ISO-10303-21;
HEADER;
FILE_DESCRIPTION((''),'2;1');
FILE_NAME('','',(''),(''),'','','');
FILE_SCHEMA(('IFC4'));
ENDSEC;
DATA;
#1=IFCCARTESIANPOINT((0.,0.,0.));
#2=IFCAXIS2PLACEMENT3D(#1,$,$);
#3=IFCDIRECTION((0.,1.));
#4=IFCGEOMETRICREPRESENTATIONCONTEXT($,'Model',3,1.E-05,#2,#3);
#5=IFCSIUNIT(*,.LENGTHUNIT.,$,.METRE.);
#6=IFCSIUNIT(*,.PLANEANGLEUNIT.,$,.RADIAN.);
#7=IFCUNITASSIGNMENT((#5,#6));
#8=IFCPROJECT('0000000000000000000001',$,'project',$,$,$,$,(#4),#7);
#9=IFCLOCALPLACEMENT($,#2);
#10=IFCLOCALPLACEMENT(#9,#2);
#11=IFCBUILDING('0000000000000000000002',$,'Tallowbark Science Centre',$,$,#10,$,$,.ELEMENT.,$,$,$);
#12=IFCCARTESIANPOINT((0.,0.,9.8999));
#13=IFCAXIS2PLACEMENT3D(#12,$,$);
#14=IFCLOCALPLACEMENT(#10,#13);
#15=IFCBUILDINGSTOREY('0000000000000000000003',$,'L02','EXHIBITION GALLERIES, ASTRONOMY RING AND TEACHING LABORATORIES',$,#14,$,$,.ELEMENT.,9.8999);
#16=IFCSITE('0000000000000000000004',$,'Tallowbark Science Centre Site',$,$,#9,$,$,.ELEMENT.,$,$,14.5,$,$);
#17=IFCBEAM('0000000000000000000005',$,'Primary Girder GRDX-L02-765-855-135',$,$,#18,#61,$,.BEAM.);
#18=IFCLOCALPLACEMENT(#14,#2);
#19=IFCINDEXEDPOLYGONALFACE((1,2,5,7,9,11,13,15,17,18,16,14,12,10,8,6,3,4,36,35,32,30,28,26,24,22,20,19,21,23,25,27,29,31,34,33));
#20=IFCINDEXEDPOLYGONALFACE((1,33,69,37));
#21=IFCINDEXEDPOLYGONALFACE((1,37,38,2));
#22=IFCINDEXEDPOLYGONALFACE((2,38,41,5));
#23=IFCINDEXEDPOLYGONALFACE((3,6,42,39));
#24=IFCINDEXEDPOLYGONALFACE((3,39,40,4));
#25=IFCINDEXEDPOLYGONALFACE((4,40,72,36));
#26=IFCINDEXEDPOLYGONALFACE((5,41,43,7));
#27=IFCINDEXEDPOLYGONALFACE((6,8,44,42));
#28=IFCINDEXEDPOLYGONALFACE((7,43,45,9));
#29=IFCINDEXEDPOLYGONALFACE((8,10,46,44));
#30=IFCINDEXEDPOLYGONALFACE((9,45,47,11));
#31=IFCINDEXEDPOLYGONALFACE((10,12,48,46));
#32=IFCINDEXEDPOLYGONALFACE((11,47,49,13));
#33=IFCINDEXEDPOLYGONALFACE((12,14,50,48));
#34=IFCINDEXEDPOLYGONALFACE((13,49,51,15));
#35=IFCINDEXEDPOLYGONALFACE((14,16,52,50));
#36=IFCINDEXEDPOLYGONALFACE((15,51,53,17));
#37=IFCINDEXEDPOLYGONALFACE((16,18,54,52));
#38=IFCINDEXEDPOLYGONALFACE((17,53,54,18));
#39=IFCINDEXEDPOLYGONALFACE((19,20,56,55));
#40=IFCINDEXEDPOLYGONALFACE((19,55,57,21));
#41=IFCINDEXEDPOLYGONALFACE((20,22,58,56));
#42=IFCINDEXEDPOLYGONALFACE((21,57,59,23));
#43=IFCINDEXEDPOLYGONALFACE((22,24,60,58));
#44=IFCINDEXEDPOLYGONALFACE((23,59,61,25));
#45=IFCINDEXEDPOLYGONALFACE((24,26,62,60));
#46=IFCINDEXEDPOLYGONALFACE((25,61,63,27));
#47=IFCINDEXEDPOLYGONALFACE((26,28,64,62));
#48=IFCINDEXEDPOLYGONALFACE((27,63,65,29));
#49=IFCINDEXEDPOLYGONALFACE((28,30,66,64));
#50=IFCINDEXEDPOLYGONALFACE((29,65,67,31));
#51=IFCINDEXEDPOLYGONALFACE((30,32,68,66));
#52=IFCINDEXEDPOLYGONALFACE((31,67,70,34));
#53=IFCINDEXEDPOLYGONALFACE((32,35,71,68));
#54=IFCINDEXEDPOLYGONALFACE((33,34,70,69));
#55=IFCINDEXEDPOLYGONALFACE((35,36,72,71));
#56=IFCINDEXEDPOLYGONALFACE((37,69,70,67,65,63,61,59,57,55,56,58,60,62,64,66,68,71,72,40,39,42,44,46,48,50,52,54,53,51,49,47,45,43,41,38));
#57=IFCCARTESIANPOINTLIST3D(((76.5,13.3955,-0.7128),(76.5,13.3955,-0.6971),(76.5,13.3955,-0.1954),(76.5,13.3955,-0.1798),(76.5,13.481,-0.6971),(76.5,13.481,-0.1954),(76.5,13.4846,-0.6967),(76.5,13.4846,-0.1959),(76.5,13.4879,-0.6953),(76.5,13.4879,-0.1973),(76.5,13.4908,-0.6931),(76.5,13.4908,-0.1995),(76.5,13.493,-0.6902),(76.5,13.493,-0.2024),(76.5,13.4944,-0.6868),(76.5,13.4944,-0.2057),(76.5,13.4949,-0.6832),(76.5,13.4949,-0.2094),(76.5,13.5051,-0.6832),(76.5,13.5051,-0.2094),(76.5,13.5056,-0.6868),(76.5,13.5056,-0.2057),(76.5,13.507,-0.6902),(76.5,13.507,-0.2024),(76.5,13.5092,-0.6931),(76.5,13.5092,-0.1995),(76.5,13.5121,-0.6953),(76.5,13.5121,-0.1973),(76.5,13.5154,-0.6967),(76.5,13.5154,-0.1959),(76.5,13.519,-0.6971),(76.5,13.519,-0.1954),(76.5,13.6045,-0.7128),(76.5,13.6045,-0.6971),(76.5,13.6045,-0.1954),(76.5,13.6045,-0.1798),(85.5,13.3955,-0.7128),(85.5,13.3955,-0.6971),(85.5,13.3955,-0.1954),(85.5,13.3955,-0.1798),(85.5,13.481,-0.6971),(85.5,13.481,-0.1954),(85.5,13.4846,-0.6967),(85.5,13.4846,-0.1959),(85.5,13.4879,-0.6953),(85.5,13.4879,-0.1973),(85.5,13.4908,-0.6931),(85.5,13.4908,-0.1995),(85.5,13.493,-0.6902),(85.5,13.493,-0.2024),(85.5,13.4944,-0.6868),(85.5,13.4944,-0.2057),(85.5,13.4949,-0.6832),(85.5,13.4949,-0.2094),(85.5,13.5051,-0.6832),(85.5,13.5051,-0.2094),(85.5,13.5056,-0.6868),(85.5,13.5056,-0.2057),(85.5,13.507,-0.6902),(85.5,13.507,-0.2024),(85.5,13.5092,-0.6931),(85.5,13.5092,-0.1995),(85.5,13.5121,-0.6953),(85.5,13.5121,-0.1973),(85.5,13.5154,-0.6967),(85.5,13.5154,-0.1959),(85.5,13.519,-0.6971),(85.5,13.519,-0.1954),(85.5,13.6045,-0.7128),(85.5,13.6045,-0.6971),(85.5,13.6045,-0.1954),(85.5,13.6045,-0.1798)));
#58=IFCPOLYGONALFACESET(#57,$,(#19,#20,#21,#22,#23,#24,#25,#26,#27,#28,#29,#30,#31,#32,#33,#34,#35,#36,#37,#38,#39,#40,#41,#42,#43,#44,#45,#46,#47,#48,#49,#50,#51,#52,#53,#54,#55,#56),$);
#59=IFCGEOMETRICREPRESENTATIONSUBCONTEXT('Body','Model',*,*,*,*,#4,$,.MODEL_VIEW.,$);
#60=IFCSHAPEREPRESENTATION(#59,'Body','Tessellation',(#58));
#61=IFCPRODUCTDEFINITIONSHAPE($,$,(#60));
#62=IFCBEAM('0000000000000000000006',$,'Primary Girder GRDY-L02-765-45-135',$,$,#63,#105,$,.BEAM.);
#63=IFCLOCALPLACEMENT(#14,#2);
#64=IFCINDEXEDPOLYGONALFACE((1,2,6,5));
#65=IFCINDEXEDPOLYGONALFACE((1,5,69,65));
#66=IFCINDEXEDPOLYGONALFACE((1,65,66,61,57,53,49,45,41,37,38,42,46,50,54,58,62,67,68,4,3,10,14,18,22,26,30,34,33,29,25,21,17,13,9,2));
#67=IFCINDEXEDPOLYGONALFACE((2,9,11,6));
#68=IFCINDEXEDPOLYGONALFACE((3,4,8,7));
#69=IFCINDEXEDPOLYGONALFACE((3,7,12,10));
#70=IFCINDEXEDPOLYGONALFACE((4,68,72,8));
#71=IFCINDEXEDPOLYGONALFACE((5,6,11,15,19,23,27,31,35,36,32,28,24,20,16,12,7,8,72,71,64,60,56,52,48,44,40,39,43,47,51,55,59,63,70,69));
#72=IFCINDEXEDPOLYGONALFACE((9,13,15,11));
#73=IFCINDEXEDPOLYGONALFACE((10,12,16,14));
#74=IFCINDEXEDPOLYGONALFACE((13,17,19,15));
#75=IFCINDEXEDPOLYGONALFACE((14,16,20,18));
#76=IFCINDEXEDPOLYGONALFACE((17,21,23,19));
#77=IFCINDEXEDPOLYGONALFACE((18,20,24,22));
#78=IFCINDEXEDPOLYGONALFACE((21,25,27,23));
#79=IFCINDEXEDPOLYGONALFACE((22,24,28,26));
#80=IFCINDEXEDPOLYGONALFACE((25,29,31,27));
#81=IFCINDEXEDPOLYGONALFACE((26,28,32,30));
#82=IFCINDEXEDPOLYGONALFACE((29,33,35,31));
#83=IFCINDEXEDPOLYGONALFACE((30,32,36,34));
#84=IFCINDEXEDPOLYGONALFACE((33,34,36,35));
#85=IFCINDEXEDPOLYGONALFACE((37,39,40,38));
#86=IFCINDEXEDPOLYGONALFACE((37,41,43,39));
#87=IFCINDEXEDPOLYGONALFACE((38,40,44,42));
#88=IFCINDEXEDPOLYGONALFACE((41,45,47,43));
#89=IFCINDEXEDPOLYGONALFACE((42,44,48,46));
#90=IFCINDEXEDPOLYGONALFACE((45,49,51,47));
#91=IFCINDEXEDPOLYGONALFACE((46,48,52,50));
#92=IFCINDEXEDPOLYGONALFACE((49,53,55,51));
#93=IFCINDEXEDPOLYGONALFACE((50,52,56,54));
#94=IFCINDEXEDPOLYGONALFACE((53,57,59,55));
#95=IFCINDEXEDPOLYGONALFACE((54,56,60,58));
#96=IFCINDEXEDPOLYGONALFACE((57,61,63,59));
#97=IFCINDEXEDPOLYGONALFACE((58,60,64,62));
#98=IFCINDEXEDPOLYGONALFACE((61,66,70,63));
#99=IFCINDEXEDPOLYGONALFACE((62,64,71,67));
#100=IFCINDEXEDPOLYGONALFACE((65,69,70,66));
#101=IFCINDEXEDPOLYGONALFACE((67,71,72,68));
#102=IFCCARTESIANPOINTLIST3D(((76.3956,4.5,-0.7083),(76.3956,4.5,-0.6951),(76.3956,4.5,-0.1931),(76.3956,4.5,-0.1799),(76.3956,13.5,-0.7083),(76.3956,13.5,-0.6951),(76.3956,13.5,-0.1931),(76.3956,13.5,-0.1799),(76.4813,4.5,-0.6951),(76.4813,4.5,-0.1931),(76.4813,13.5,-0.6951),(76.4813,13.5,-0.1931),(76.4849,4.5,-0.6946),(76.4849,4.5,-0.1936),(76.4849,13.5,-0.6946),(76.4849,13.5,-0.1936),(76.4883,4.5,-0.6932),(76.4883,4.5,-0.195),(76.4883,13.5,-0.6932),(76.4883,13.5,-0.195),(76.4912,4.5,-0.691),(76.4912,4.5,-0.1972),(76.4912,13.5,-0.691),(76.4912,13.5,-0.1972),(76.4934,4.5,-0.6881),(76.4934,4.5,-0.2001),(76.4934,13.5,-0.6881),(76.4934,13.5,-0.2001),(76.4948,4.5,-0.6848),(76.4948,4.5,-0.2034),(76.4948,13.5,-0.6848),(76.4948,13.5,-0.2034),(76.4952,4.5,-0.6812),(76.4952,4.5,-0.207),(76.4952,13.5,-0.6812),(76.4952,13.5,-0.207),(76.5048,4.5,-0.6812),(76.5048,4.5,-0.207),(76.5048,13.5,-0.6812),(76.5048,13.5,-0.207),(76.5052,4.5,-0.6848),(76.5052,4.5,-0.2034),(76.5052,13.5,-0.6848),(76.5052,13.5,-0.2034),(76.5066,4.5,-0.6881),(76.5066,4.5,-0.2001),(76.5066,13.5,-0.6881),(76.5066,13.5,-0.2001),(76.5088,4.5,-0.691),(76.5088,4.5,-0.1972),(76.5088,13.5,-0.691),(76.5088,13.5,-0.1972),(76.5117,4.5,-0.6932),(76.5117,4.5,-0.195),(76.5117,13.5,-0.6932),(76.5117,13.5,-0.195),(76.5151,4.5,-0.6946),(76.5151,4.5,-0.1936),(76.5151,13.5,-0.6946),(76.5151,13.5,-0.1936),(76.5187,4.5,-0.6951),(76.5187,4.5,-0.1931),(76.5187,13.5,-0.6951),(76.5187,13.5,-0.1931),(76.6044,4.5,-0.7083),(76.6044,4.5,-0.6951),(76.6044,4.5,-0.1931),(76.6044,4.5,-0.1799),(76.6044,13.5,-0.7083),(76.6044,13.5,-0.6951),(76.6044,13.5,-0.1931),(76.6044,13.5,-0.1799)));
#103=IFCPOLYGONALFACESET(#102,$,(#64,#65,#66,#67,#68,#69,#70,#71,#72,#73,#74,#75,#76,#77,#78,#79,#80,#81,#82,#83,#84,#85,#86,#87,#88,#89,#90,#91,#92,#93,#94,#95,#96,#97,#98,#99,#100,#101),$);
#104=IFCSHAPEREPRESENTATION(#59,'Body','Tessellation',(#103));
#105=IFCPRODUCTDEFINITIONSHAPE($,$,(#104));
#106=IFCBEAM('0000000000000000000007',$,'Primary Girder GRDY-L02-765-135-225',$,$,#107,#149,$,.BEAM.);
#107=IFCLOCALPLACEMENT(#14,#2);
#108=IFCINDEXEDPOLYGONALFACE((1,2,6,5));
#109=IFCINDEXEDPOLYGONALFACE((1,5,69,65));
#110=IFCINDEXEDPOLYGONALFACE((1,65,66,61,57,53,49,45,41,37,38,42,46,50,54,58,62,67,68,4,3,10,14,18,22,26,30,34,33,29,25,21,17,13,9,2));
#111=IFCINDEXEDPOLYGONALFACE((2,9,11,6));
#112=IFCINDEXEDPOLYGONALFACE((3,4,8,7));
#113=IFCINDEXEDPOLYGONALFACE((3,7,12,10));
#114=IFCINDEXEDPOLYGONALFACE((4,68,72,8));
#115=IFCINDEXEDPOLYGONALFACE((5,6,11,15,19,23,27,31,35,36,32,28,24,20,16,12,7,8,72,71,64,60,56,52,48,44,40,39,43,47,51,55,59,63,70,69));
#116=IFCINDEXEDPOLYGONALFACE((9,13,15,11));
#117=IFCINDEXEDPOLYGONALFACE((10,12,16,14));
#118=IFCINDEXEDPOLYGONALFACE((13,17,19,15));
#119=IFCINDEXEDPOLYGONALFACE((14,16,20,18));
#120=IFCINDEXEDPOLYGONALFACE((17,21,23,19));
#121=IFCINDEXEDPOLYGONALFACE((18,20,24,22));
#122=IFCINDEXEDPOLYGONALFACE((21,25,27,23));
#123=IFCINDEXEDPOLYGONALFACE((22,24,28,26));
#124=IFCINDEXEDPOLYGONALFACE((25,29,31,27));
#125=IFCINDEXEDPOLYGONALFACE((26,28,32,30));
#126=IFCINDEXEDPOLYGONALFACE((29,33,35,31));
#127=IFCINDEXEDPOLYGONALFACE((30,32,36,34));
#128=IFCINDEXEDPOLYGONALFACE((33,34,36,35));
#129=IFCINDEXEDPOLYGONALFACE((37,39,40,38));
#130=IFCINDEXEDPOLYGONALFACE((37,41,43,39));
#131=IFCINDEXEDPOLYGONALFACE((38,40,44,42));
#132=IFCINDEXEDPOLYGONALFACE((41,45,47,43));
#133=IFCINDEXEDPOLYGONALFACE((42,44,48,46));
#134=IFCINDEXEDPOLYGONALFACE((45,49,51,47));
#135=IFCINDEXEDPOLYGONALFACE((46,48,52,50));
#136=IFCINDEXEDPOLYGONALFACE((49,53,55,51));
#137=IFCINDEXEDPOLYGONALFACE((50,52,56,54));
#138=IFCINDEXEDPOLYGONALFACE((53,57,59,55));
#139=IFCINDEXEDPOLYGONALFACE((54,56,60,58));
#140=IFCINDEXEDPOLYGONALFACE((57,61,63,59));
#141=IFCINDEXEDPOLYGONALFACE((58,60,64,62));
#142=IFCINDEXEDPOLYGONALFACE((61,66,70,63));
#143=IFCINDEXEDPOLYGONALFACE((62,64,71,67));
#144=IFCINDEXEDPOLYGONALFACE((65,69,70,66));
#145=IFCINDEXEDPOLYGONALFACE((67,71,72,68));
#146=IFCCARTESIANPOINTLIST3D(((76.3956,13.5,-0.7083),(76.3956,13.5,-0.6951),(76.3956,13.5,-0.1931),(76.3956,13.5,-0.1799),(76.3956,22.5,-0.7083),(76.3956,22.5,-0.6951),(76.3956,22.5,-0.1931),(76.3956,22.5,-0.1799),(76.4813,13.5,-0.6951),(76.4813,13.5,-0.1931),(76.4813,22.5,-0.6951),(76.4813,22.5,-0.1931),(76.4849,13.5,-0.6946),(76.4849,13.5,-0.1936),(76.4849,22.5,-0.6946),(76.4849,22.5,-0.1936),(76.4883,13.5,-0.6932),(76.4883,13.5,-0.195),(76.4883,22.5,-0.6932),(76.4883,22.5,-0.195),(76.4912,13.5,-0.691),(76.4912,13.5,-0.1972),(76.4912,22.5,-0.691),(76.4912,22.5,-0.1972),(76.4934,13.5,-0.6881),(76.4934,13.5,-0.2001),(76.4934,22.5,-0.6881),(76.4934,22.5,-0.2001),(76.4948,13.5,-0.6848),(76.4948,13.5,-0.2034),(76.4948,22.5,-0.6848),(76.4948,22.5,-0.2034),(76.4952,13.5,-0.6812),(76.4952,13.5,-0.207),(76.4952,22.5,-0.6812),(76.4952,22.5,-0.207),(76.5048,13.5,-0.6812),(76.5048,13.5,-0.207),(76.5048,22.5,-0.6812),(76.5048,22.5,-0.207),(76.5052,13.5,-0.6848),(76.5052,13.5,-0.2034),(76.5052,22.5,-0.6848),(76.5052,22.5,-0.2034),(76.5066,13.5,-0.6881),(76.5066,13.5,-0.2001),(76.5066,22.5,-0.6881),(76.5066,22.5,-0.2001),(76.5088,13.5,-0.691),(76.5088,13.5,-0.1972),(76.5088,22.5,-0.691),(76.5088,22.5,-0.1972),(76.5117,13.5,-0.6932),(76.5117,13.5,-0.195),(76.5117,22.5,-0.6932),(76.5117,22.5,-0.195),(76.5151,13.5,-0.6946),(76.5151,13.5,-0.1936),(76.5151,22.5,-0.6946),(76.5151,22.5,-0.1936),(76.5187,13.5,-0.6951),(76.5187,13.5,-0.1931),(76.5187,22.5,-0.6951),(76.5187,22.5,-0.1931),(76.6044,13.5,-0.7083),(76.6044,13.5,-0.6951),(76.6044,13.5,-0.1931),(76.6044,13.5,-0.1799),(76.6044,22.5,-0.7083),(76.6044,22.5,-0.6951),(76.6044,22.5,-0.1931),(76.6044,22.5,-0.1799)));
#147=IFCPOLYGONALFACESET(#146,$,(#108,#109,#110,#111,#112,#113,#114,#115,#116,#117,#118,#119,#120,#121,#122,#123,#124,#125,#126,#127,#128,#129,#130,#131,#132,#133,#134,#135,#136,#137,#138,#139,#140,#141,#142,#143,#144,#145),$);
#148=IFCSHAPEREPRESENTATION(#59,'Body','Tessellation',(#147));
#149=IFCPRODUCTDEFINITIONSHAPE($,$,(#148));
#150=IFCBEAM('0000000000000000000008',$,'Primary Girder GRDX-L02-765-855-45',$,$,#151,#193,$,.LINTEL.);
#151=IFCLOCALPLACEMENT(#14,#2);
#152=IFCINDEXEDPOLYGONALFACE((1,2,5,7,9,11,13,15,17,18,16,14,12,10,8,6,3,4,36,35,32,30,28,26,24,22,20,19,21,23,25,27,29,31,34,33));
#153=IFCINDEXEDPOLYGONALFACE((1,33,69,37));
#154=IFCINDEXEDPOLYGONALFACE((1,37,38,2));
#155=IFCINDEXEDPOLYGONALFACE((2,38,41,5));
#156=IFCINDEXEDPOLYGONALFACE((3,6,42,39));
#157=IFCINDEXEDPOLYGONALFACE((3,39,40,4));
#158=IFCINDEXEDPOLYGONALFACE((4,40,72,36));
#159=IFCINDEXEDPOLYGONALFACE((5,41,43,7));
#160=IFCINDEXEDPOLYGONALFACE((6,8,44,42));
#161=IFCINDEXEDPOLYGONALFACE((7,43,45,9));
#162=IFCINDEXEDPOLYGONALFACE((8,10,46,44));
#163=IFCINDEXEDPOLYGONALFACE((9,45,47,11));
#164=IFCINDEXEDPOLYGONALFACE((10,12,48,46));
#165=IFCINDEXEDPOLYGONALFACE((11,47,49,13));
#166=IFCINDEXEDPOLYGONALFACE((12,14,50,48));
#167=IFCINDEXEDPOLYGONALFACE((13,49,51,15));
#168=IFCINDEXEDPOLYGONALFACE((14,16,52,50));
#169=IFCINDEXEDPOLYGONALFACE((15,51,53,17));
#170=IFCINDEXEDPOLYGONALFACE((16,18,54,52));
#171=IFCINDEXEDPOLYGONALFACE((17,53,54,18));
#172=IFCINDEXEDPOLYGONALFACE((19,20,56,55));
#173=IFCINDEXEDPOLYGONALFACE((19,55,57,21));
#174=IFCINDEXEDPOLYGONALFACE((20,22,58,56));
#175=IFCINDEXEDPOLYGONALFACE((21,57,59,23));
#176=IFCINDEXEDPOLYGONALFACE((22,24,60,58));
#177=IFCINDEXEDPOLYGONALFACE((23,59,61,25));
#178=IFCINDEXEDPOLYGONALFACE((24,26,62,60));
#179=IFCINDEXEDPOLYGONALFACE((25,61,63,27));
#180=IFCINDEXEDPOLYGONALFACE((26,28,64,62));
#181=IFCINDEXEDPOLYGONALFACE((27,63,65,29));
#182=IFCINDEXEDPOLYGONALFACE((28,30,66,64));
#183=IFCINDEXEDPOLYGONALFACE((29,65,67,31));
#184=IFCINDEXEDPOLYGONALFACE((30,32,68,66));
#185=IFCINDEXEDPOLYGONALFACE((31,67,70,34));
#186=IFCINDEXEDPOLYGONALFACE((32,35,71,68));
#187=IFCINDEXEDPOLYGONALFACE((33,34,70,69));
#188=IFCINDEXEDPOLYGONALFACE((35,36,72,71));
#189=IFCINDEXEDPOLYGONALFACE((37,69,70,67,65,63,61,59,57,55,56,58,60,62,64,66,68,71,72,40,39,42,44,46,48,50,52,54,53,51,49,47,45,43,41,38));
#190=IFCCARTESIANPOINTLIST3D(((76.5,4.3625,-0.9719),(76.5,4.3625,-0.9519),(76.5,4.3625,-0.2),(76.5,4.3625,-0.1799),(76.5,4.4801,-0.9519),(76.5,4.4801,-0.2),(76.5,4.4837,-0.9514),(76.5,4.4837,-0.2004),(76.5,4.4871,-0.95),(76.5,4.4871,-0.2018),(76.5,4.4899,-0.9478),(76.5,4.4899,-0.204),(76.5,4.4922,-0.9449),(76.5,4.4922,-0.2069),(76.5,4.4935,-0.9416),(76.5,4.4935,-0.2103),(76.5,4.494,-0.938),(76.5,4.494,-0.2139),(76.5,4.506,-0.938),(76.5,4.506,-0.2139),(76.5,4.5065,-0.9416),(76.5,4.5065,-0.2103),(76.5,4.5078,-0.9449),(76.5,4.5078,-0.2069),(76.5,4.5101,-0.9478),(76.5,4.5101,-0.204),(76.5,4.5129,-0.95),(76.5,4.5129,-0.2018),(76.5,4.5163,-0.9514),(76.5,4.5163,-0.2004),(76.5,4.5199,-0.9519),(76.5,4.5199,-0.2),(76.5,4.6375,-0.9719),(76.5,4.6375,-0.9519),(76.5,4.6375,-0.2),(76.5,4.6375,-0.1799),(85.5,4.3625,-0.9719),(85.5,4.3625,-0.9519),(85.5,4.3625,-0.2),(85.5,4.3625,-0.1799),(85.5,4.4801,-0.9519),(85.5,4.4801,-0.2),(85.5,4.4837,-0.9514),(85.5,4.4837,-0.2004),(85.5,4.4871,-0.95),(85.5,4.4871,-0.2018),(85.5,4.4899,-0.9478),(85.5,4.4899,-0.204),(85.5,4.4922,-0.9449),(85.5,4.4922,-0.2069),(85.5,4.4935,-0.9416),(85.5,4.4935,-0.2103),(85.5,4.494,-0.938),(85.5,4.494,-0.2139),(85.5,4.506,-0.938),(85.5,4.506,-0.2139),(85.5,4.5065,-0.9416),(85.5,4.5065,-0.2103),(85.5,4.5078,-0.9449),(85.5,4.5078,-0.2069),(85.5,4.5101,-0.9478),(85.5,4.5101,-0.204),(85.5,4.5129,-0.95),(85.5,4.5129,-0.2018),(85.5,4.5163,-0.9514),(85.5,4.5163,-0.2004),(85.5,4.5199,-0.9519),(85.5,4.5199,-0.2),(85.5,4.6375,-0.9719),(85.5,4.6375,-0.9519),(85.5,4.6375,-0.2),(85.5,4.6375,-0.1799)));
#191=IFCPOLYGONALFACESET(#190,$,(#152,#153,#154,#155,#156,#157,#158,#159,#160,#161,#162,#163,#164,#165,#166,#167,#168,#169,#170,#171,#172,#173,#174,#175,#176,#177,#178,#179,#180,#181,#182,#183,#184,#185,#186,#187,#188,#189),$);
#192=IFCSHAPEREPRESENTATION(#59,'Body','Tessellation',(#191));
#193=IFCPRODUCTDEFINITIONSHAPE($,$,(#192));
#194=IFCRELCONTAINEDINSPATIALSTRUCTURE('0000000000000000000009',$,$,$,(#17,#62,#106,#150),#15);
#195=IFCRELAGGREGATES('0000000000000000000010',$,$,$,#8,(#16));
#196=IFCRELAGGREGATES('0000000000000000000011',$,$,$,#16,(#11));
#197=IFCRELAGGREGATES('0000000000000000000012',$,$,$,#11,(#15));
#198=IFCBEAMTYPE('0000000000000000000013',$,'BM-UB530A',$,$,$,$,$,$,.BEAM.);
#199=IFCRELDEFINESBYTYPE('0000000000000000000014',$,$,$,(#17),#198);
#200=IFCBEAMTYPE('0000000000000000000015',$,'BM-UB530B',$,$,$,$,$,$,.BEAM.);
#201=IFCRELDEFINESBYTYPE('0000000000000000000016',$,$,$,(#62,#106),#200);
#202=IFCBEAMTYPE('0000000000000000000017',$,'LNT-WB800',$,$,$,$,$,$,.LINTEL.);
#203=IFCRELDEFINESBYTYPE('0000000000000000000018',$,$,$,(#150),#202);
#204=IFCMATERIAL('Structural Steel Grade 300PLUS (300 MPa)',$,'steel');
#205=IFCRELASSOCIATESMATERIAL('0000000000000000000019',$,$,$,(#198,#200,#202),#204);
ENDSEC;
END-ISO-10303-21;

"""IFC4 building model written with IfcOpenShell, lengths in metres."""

from ifc_helpers import new_model, si_unit, direction, frame, origin, origin_2d, place, context, subcontext, project, spatial, i_section, extrude, material, material_profile, profile_set, type_object, element, save


model = new_model("IFC4")

# Units and contexts
model_context = context("Model", 3, precision=1e-05, world=origin(), true_north=direction((0.0, 1.0)))
body_context = subcontext(model_context, "Body", "Model", "MODEL_VIEW")
ifc_project = project(units=[si_unit("LENGTHUNIT", "METRE"), si_unit("PLANEANGLEUNIT", "RADIAN")], contexts=[model_context])

# Site, building, storey
site_placement = place(None, origin())
site = spatial("IfcSite", under=ifc_project, at=site_placement, Name="Tallowbark Science Centre Site", CompositionType="ELEMENT", RefElevation=14.5)
building_placement = place(site_placement, origin())
building = spatial("IfcBuilding", under=site, at=building_placement, Name="Tallowbark Science Centre", CompositionType="ELEMENT")
storey_placement = place(building_placement, frame((0.0, 0.0, 9.8999)))
storey = spatial("IfcBuildingStorey", under=building, at=storey_placement, Name="L02", Description="EXHIBITION GALLERIES, ASTRONOMY RING AND TEACHING LABORATORIES", CompositionType="ELEMENT", Elevation=9.8999)

# Shared definitions
ifc_material_1 = material(Name="Structural Steel Grade 300PLUS (300 MPa)", Category="steel")

# Beams
ifc_material_profile_1 = material_profile(ifc_material_1, i_section(OverallWidth=0.209, OverallDepth=0.533, WebThickness=0.0103, FlangeThickness=0.0156, FilletRadius=0.0139, at=origin_2d()), Name="530UB92.4")
ifc_profile_set_1 = profile_set([ifc_material_profile_1], Name="Structural Steel Grade 300PLUS (300 MPa)")
beam_type_1 = type_object("IfcBeamType", Name="BM-UB530A", PredefinedType="BEAM", material=ifc_profile_set_1)
beam_1_placement = place(storey_placement, frame((76.5, 13.5, -0.4463), z_axis=(1.0, 0.0, 0.0), x_axis=(0.0, 1.0, 0.0)))
element("IfcBeam", 1, at=beam_1_placement, inside=storey, type_object=beam_type_1, Name="Primary Girder GRDX-L02-765-855-135", PredefinedType="BEAM", context=body_context, shape_type="SweptSolid", body=[
    extrude(i_section(OverallWidth=0.209, OverallDepth=0.533, WebThickness=0.0103, FlangeThickness=0.0156, FilletRadius=0.0139, at=origin_2d()), origin(), (0.0, 0.0, 1.0), 9.0),
])
ifc_material_profile_2 = material_profile(ifc_material_1, i_section(OverallWidth=0.2087, OverallDepth=0.5283, WebThickness=0.0095, FlangeThickness=0.0132, FilletRadius=0.0139, at=origin_2d()), Name="530UB82.0")
ifc_profile_set_2 = profile_set([ifc_material_profile_2], Name="Structural Steel Grade 300PLUS (300 MPa)")
beam_type_2 = type_object("IfcBeamType", Name="BM-UB530B", PredefinedType="BEAM", material=ifc_profile_set_2)
for number, where, z_axis, x_axis, name in (
    (2, (76.5, 4.5, -0.4441), (0.0, 1.0, 0.0), (-1.0, 0.0, 0.0), "Primary Girder GRDY-L02-765-45-135"),
    (3, (76.5, 13.5, -0.4441), (0.0, 1.0, 0.0), (-1.0, 0.0, 0.0), "Primary Girder GRDY-L02-765-135-225"),
):
    element("IfcBeam", number, at=place(storey_placement, frame(where, z_axis=z_axis, x_axis=x_axis)), inside=storey, type_object=beam_type_2, Name=name, PredefinedType="BEAM", context=body_context, shape_type="SweptSolid", body=[
        extrude(i_section(OverallWidth=0.2087, OverallDepth=0.5283, WebThickness=0.0095, FlangeThickness=0.0132, FilletRadius=0.0139, at=origin_2d()), origin(), (0.0, 0.0, 1.0), 9.0),
    ])
ifc_material_profile_3 = material_profile(ifc_material_1, i_section(OverallWidth=0.2749, OverallDepth=0.792, WebThickness=0.012, FlangeThickness=0.02, FilletRadius=0.0139, at=origin_2d()), Name="800WB146")
ifc_profile_set_3 = profile_set([ifc_material_profile_3], Name="Structural Steel Grade 300PLUS (300 MPa)")
beam_type_3 = type_object("IfcBeamType", Name="LNT-WB800", PredefinedType="LINTEL", material=ifc_profile_set_3)
beam_2_placement = place(storey_placement, frame((76.5, 4.5, -0.5759), z_axis=(1.0, 0.0, 0.0), x_axis=(0.0, 1.0, 0.0)))
element("IfcBeam", 4, at=beam_2_placement, inside=storey, type_object=beam_type_3, Name="Primary Girder GRDX-L02-765-855-45", PredefinedType="LINTEL", context=body_context, shape_type="SweptSolid", body=[
    extrude(i_section(OverallWidth=0.2749, OverallDepth=0.792, WebThickness=0.012, FlangeThickness=0.02, FilletRadius=0.0139, at=origin_2d()), origin(), (0.0, 0.0, 1.0), 9.0),
])

save(model, "model.ifc")
